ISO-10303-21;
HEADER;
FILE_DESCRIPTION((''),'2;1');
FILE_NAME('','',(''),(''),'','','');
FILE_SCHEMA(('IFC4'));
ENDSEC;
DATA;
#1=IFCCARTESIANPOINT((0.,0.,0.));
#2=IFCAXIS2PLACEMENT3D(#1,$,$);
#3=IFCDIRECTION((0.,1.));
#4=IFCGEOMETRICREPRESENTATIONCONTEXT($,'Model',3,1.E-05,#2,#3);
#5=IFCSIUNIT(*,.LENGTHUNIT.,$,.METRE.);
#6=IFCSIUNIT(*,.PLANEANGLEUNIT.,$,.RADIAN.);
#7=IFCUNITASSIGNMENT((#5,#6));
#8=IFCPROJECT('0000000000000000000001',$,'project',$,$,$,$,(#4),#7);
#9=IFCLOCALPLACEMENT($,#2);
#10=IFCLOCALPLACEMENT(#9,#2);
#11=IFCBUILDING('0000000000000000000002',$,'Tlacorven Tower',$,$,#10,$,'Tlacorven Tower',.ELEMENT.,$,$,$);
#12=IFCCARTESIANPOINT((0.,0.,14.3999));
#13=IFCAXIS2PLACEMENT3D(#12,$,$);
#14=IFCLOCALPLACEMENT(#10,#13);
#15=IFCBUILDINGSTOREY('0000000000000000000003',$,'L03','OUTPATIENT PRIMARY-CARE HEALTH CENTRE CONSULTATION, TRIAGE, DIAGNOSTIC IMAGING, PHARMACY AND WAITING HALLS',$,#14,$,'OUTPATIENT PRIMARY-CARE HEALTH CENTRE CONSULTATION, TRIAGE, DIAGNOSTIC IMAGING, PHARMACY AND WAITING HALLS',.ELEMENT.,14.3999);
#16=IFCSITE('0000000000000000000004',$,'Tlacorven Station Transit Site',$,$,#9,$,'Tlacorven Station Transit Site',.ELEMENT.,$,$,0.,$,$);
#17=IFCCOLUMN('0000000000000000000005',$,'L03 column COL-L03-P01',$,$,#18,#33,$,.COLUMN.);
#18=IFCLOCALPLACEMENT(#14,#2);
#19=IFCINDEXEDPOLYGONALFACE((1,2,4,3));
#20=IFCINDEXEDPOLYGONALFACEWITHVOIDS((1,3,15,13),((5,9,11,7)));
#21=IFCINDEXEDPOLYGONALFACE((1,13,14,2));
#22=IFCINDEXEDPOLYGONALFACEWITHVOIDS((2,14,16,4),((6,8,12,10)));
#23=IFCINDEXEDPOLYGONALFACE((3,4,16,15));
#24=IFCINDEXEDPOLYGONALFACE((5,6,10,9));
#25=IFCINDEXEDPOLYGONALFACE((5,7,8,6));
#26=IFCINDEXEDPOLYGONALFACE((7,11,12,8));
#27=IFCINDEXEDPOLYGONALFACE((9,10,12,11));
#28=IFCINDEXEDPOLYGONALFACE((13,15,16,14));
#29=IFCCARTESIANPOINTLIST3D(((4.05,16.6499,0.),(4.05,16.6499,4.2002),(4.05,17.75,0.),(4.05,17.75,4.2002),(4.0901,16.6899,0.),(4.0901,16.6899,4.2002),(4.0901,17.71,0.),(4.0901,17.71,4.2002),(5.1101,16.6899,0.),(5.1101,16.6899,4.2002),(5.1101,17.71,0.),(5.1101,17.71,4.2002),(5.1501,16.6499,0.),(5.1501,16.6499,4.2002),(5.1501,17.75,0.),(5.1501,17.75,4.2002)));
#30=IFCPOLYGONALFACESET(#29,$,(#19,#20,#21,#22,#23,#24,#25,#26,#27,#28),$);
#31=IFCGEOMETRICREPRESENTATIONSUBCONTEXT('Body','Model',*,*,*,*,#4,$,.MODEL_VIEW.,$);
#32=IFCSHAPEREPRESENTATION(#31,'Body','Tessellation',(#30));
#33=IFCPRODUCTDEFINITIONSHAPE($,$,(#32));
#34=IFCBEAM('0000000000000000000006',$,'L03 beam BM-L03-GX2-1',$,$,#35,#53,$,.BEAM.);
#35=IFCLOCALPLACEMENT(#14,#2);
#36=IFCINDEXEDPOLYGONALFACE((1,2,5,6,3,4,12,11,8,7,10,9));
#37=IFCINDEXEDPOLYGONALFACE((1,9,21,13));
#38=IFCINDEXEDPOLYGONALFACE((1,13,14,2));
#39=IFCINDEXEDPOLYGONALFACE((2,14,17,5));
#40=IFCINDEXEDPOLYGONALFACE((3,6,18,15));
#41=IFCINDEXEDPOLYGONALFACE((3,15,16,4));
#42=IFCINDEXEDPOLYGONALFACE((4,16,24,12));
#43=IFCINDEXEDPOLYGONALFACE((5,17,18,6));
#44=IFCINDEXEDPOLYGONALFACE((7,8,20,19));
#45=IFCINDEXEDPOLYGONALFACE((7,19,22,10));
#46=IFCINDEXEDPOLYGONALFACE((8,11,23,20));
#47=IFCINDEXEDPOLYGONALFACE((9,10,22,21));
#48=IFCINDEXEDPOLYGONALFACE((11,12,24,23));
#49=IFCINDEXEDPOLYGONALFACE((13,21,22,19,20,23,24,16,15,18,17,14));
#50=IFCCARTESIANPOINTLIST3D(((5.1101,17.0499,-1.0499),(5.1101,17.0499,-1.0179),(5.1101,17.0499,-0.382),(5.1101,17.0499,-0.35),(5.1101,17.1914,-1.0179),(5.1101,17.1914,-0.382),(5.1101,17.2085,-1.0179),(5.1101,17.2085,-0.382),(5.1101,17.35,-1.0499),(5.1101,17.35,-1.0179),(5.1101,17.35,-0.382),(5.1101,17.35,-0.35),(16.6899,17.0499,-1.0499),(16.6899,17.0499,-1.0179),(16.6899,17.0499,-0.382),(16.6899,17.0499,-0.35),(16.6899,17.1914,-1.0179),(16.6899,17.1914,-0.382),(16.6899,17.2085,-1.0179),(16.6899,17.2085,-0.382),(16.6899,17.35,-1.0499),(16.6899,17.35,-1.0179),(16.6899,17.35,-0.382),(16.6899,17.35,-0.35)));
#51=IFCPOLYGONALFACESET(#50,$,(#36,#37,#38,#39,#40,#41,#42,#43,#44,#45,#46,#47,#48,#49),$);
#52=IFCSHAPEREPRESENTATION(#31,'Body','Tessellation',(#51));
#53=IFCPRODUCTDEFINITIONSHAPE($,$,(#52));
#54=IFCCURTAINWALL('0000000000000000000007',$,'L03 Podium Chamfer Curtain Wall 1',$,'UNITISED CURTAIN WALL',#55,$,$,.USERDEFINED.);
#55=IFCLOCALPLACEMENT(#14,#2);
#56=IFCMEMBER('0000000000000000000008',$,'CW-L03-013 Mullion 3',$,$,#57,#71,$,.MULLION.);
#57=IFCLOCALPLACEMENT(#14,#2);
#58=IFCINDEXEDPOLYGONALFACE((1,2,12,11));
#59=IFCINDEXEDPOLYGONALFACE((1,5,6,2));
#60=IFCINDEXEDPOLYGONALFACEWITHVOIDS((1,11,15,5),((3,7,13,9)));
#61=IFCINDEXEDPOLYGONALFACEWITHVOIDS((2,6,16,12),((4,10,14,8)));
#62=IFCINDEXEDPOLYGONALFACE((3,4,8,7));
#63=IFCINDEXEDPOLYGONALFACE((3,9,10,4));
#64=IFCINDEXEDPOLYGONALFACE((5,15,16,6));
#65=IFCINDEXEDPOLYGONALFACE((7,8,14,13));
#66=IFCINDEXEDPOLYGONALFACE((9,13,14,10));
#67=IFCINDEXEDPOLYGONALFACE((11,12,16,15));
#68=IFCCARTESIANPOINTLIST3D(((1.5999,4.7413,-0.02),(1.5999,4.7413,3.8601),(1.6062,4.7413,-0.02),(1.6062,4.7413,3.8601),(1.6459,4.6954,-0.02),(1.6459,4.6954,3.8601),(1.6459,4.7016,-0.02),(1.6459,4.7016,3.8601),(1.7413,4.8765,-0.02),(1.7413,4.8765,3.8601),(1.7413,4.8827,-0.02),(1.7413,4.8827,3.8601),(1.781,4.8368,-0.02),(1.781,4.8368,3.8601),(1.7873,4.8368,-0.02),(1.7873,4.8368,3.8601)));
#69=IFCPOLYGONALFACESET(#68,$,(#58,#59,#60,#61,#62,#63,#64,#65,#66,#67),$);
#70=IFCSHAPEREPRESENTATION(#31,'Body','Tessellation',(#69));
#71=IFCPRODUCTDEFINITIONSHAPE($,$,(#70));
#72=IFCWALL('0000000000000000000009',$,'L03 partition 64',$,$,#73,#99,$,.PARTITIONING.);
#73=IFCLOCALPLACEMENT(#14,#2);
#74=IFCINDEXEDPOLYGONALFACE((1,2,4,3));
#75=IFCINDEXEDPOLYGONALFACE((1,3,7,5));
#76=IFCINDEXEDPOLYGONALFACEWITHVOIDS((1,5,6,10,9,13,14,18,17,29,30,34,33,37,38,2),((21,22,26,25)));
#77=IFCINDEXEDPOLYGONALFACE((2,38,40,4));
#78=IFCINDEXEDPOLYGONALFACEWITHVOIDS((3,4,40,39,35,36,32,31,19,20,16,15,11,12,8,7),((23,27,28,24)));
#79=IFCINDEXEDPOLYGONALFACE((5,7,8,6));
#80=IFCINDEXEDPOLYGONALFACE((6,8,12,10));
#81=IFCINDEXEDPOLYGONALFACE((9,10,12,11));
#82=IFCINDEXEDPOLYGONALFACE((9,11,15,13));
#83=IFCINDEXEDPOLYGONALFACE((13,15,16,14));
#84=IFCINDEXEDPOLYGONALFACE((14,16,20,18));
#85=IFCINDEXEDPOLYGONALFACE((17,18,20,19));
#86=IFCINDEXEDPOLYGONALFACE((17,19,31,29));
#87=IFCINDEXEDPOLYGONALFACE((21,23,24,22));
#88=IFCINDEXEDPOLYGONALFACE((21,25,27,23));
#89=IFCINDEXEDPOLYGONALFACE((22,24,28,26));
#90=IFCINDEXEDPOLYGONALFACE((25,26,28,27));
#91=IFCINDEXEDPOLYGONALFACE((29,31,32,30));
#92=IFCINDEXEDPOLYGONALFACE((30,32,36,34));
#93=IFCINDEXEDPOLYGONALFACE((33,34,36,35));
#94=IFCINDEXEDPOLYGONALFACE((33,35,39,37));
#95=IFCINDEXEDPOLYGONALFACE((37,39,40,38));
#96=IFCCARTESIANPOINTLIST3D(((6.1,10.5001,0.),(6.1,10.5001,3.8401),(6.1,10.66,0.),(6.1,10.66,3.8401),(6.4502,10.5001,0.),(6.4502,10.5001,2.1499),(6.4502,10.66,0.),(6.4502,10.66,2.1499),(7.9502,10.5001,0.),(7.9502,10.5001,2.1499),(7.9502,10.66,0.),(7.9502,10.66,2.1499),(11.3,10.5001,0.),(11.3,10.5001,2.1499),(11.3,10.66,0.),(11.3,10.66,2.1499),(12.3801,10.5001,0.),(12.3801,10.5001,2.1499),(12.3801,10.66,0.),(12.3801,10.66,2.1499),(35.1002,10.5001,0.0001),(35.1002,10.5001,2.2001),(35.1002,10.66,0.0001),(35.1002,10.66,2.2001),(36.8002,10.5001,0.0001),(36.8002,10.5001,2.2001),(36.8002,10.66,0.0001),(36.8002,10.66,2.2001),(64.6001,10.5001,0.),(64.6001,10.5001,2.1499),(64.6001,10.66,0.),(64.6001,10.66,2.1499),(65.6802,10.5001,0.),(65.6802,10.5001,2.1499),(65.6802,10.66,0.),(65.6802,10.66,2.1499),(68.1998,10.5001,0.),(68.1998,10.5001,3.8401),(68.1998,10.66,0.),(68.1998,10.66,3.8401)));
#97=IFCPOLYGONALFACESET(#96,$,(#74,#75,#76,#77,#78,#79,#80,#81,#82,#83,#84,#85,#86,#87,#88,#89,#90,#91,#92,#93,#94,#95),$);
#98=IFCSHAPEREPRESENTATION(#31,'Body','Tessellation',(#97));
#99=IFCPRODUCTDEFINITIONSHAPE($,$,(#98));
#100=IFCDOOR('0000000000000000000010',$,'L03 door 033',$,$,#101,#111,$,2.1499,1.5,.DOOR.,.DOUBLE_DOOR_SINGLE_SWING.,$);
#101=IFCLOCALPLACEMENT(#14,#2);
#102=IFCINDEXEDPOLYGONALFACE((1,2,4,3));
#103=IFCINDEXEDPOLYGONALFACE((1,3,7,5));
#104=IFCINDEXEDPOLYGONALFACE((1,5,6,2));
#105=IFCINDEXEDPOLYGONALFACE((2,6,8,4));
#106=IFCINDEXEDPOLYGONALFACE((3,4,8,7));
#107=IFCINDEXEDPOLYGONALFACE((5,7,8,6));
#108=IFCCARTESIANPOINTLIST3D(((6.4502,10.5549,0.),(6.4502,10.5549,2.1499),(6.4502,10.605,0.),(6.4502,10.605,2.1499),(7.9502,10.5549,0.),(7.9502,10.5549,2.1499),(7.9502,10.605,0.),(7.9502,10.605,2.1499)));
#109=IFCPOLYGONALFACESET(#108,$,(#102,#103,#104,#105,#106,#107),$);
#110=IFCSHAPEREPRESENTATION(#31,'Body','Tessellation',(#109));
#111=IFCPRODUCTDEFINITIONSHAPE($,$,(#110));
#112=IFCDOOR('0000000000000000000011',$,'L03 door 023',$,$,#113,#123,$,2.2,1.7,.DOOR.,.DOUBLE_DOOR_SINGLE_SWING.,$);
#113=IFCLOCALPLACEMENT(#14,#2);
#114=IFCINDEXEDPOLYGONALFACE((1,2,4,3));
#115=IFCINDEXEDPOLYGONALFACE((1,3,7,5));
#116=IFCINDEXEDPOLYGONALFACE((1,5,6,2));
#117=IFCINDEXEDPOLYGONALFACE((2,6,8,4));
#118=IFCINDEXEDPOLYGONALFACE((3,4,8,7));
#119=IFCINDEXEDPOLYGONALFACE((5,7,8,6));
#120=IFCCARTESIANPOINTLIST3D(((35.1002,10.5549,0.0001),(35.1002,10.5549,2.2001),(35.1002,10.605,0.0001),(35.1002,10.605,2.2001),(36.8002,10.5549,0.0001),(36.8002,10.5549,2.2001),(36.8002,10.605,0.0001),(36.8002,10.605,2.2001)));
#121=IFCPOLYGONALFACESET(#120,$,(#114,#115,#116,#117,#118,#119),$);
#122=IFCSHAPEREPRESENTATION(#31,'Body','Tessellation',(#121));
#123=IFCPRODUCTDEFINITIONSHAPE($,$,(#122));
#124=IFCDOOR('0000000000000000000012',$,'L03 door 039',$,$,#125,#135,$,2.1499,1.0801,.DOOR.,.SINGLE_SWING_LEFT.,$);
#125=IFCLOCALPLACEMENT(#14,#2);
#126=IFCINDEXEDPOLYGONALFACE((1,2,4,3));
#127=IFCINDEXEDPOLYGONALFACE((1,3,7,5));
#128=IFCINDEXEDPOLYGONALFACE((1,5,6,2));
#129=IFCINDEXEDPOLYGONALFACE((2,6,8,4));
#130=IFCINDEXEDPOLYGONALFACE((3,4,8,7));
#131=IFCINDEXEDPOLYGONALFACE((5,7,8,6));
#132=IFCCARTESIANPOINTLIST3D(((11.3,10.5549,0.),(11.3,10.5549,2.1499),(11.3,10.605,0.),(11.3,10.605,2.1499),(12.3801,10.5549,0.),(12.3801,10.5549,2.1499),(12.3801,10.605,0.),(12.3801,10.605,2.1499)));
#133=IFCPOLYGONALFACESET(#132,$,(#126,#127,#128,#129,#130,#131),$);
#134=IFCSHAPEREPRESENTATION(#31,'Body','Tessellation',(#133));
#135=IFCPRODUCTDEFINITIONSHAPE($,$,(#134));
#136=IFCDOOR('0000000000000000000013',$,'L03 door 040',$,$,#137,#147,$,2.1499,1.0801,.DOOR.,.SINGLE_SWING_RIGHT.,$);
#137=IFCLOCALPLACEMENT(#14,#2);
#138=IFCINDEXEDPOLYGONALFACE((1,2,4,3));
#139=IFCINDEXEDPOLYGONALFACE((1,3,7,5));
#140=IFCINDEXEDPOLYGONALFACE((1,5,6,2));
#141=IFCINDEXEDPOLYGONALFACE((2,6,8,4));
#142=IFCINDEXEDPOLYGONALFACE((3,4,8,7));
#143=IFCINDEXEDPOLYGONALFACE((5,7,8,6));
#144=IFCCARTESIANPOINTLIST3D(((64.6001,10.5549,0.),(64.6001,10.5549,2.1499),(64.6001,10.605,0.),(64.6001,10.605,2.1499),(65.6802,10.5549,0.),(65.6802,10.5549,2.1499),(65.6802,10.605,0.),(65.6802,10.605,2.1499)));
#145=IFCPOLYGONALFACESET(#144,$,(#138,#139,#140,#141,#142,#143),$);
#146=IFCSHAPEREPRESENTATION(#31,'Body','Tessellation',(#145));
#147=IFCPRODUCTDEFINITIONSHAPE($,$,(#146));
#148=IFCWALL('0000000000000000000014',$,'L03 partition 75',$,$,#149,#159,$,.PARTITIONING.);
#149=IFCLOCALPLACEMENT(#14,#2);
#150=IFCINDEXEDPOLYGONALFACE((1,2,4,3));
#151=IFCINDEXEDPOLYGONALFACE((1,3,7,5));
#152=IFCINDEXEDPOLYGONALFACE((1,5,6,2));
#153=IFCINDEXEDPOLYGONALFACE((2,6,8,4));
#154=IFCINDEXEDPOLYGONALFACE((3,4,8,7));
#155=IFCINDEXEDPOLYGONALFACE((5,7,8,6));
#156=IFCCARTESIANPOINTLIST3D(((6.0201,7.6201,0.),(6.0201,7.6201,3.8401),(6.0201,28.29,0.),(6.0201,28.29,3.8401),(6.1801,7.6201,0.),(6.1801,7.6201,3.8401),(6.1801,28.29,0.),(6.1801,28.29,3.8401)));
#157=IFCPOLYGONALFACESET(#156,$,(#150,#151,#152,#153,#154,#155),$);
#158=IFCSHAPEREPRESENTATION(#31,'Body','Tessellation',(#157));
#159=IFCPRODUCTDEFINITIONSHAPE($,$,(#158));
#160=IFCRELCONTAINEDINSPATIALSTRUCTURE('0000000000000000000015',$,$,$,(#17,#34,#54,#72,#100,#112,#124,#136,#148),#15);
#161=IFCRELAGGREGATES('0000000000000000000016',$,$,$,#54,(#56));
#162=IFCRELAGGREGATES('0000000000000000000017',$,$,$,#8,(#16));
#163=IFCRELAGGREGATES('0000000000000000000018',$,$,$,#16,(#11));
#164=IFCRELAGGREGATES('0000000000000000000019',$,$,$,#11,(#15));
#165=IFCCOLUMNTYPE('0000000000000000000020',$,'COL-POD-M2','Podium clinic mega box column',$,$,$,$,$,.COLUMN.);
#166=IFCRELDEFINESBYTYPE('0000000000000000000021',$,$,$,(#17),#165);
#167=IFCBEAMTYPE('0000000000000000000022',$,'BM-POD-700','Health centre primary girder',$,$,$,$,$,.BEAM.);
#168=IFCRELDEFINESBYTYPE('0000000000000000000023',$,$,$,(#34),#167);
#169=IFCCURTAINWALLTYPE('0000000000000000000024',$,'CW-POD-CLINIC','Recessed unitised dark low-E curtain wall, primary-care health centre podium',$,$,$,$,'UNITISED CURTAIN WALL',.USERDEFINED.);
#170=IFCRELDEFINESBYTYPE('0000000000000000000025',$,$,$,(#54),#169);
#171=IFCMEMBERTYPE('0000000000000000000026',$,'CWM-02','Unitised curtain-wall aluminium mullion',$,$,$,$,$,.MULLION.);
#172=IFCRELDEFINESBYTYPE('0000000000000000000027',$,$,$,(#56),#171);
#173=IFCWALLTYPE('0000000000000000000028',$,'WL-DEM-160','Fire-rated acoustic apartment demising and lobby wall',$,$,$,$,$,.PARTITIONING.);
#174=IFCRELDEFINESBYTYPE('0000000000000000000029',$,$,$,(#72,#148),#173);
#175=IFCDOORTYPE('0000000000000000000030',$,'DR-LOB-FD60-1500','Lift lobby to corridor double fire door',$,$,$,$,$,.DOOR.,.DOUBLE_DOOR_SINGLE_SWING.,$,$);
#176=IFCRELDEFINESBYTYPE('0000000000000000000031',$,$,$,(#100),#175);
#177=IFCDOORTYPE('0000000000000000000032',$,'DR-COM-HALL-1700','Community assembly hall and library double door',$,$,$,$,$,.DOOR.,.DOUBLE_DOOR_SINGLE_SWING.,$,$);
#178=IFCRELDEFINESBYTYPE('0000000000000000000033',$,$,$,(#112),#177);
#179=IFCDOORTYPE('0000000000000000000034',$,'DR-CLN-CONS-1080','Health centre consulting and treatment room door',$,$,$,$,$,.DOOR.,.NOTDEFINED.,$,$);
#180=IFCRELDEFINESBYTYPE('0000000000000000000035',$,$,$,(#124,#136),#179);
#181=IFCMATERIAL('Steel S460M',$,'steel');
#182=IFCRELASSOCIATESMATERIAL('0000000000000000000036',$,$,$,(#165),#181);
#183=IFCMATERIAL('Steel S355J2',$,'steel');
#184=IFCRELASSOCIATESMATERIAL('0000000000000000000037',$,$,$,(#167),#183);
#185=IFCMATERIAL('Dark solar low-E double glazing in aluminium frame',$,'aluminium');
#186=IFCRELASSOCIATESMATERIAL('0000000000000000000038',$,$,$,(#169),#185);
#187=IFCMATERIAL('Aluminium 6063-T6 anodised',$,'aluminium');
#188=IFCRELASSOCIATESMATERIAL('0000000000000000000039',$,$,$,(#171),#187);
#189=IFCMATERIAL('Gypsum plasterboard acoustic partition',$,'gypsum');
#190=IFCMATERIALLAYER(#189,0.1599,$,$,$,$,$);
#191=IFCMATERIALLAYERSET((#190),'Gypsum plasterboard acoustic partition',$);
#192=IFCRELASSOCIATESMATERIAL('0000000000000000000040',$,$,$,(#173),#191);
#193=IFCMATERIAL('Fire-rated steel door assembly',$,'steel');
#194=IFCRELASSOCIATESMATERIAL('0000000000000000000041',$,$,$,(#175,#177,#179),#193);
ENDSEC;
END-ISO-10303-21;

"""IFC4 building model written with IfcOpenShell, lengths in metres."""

from ifc_helpers import new_model, si_unit, direction, frame, frame_2d, origin, origin_2d, place, context, subcontext, project, spatial, rectangle, hollow_rectangle, i_section, extrude, source, transform, mapped, material, layer, layer_set, material_profile, profile_set, type_object, element, fill, aggregate, save


model = new_model("IFC4")

# Units and contexts
model_context = context("Model", 3, precision=1e-05, world=origin(), true_north=direction((0.0, 1.0)))
body_context = subcontext(model_context, "Body", "Model", "MODEL_VIEW")
ifc_project = project(units=[si_unit("LENGTHUNIT", "METRE"), si_unit("PLANEANGLEUNIT", "RADIAN")], contexts=[model_context])

# Site, building, storey
site_placement = place(None, origin())
site = spatial("IfcSite", under=ifc_project, at=site_placement, Name="Tlacorven Station Transit Site", LongName="Tlacorven Station Transit Site", CompositionType="ELEMENT", RefElevation=0.0)
building_placement = place(site_placement, origin())
building = spatial("IfcBuilding", under=site, at=building_placement, Name="Tlacorven Tower", LongName="Tlacorven Tower", CompositionType="ELEMENT")
storey_placement = place(building_placement, frame((0.0, 0.0, 14.3999)))
storey = spatial("IfcBuildingStorey", under=building, at=storey_placement, Name="L03", Description="OUTPATIENT PRIMARY-CARE HEALTH CENTRE CONSULTATION, TRIAGE, DIAGNOSTIC IMAGING, PHARMACY AND WAITING HALLS", LongName="OUTPATIENT PRIMARY-CARE HEALTH CENTRE CONSULTATION, TRIAGE, DIAGNOSTIC IMAGING, PHARMACY AND WAITING HALLS", CompositionType="ELEMENT", Elevation=14.3999)

# Column
ifc_material_1 = material(Name="Steel S460M", Category="steel")
ifc_material_profile_1 = material_profile(ifc_material_1, hollow_rectangle(XDim=1.1001, YDim=1.1001, WallThickness=0.04, at=origin_2d()), Name="BOX 1100X1100X40")
ifc_profile_set_1 = profile_set([ifc_material_profile_1], Name="Steel S460M")
column_type = type_object("IfcColumnType", Name="COL-POD-M2", Description="Podium clinic mega box column", PredefinedType="COLUMN", material=ifc_profile_set_1)
shared_shape_1 = source(origin(), body_context, "Body", "SweptSolid", [
    extrude(hollow_rectangle(XDim=1.1001, YDim=1.1001, WallThickness=0.04, at=origin_2d()), origin(), (0.0, 0.0, 1.0), 4.2002),
])
column_placement = place(storey_placement, frame((4.6001, 17.2, 0.0), z_axis=(0.0, 0.0, 1.0), x_axis=(1.0, 0.0, 0.0)))
element("IfcColumn", 1, at=column_placement, inside=storey, type_object=column_type, Name="L03 column COL-L03-P01", PredefinedType="COLUMN", context=body_context, shape_type="MappedRepresentation", body=[
    mapped(shared_shape_1, transform((0.0, 0.0, 0.0), scale=1.0)),
])

# Beam
ifc_material_2 = material(Name="Steel S355J2", Category="steel")
ifc_material_profile_2 = material_profile(ifc_material_2, i_section(OverallWidth=0.3, OverallDepth=0.7, WebThickness=0.0171, FlangeThickness=0.032, at=origin_2d()), Name="HEB 700")
ifc_profile_set_2 = profile_set([ifc_material_profile_2], Name="Steel S355J2")
beam_type = type_object("IfcBeamType", Name="BM-POD-700", Description="Health centre primary girder", PredefinedType="BEAM", material=ifc_profile_set_2)
shared_shape_2 = source(origin(), body_context, "Body", "SweptSolid", [
    extrude(i_section(OverallWidth=0.3, OverallDepth=0.7, WebThickness=0.0171, FlangeThickness=0.032, at=origin_2d()), origin(), (0.0, 0.0, 1.0), 11.5798),
])
beam_placement = place(storey_placement, frame((5.1101, 17.2, -0.7), z_axis=(1.0, 0.0, 0.0), x_axis=(0.0, 1.0, 0.0)))
element("IfcBeam", 2, at=beam_placement, inside=storey, type_object=beam_type, Name="L03 beam BM-L03-GX2-1", PredefinedType="BEAM", context=body_context, shape_type="MappedRepresentation", body=[
    mapped(shared_shape_2, transform((0.0, 0.0, 0.0), scale=1.0)),
])

# Curtain wall, member
ifc_material_3 = material(Name="Dark solar low-E double glazing in aluminium frame", Category="aluminium")
curtain_wall_type = type_object("IfcCurtainWallType", Name="CW-POD-CLINIC", Description="Recessed unitised dark low-E curtain wall, primary-care health centre podium", ElementType="UNITISED CURTAIN WALL", PredefinedType="USERDEFINED", material=ifc_material_3)
curtain_wall_placement = place(storey_placement, origin())
curtain_wall = element("IfcCurtainWall", 3, at=curtain_wall_placement, inside=storey, type_object=curtain_wall_type, Name="L03 Podium Chamfer Curtain Wall 1", ObjectType="UNITISED CURTAIN WALL", PredefinedType="USERDEFINED")
ifc_material_4 = material(Name="Aluminium 6063-T6 anodised", Category="aluminium")
ifc_material_profile_3 = material_profile(ifc_material_4, hollow_rectangle(XDim=0.0649, YDim=0.2, WallThickness=0.0044, at=origin_2d()), Name="ALU MULLION 65X200")
ifc_profile_set_3 = profile_set([ifc_material_profile_3], Name="Aluminium 6063-T6 anodised")
member_type = type_object("IfcMemberType", Name="CWM-02", Description="Unitised curtain-wall aluminium mullion", PredefinedType="MULLION", material=ifc_profile_set_3)
shared_shape_3 = source(origin(), body_context, "Body", "SweptSolid", [
    extrude(hollow_rectangle(XDim=0.0649, YDim=0.2, WallThickness=0.0044, at=origin_2d()), origin(), (0.0, 0.0, 1.0), 3.8801),
])
member_placement = place(storey_placement, frame((1.6936, 4.7891, -0.02), z_axis=(0.0, 0.0, 1.0), x_axis=(-0.707107, 0.707107, 0.0)))
member = element("IfcMember", 4, at=member_placement, type_object=member_type, Name="CW-L03-013 Mullion 3", PredefinedType="MULLION", context=body_context, shape_type="MappedRepresentation", body=[
    mapped(shared_shape_3, transform((0.0, 0.0, 0.0), scale=1.0)),
])
aggregate(curtain_wall, [member])

# Wall, openings, doors
ifc_material_5 = material(Name="Gypsum plasterboard acoustic partition", Category="gypsum")
ifc_layer_1 = layer(ifc_material_5, 0.1599)
ifc_layer_set_1 = layer_set([ifc_layer_1], Name="Gypsum plasterboard acoustic partition")
wall_type_1 = type_object("IfcWallType", Name="WL-DEM-160", Description="Fire-rated acoustic apartment demising and lobby wall", PredefinedType="PARTITIONING", material=ifc_layer_set_1)
wall_1_placement = place(storey_placement, frame((6.1001, 10.5801, 0.0), z_axis=(0.0, 0.0, 1.0), x_axis=(1.0, 0.0, 0.0)))
wall_1 = element("IfcWall", 5, at=wall_1_placement, inside=storey, type_object=wall_type_1, Name="L03 partition 64", PredefinedType="PARTITIONING", context=body_context, shape_type="SweptSolid", body=[
    extrude(rectangle(XDim=62.0999, YDim=0.1599, at=frame_2d((31.0498, 0.0))), origin(), (0.0, 0.0, 1.0), 3.8401),
])
opening_1_placement = place(wall_1_placement, frame((29.0, 0.0, 0.0)))
opening_1 = element("IfcOpeningElement", 6, at=opening_1_placement, cuts=wall_1, PredefinedType="OPENING", context=body_context, shape_type="SweptSolid", body=[
    extrude(rectangle(XDim=1.7, YDim=2.2, at=frame_2d((0.8501, 1.1001))), frame((0.0, 0.0898, 0.0), z_axis=(0.0, -1.0, 0.0), x_axis=(1.0, 0.0, 0.0)), (0.0, 0.0, 1.0), 0.1799),
])
opening_2_placement = place(wall_1_placement, frame((0.3501, 0.0, 0.0)))
opening_2 = element("IfcOpeningElement", 7, at=opening_2_placement, cuts=wall_1, PredefinedType="OPENING", context=body_context, shape_type="SweptSolid", body=[
    extrude(rectangle(XDim=1.5, YDim=2.1499, at=frame_2d((0.75, 1.075))), frame((0.0, 0.0898, 0.0), z_axis=(0.0, -1.0, 0.0), x_axis=(1.0, 0.0, 0.0)), (0.0, 0.0, 1.0), 0.1799),
])
opening_3_placement = place(wall_1_placement, frame((5.2, 0.0, 0.0)))
opening_3 = element("IfcOpeningElement", 8, at=opening_3_placement, cuts=wall_1, PredefinedType="OPENING", context=body_context, shape_type="SweptSolid", body=[
    extrude(rectangle(XDim=1.0801, YDim=2.1499, at=frame_2d((0.54, 1.075))), frame((0.0, 0.0898, 0.0), z_axis=(0.0, -1.0, 0.0), x_axis=(1.0, 0.0, 0.0)), (0.0, 0.0, 1.0), 0.1799),
])
opening_4_placement = place(wall_1_placement, frame((58.5, 0.0, 0.0)))
opening_4 = element("IfcOpeningElement", 9, at=opening_4_placement, cuts=wall_1, PredefinedType="OPENING", context=body_context, shape_type="SweptSolid", body=[
    extrude(rectangle(XDim=1.0801, YDim=2.1499, at=frame_2d((0.54, 1.075))), frame((0.0, 0.0898, 0.0), z_axis=(0.0, -1.0, 0.0), x_axis=(1.0, 0.0, 0.0)), (0.0, 0.0, 1.0), 0.1799),
])
ifc_material_6 = material(Name="Fire-rated steel door assembly", Category="steel")
door_type_1 = type_object("IfcDoorType", Name="DR-LOB-FD60-1500", Description="Lift lobby to corridor double fire door", OperationType="DOUBLE_DOOR_SINGLE_SWING", PredefinedType="DOOR", material=ifc_material_6)
shared_shape_4 = source(origin(), body_context, "Body", "SweptSolid", [
    extrude(rectangle(XDim=1.5, YDim=2.1499, at=frame_2d((0.75, 1.075))), frame((0.0, 0.0249, 0.0), z_axis=(0.0, -1.0, 0.0), x_axis=(1.0, 0.0, 0.0)), (0.0, 0.0, 1.0), 0.05),
])
door_1_placement = place(opening_2_placement, origin())
door_1 = element("IfcDoor", 10, at=door_1_placement, inside=storey, type_object=door_type_1, Name="L03 door 033", OperationType="DOUBLE_DOOR_SINGLE_SWING", OverallHeight=2.1499, OverallWidth=1.5, PredefinedType="DOOR", context=body_context, shape_type="MappedRepresentation", body=[
    mapped(shared_shape_4, transform((0.0, 0.0, 0.0), scale=1.0)),
])
fill(opening_2, door_1)
door_type_2 = type_object("IfcDoorType", Name="DR-COM-HALL-1700", Description="Community assembly hall and library double door", OperationType="DOUBLE_DOOR_SINGLE_SWING", PredefinedType="DOOR", material=ifc_material_6)
shared_shape_5 = source(origin(), body_context, "Body", "SweptSolid", [
    extrude(rectangle(XDim=1.7, YDim=2.2, at=frame_2d((0.8501, 1.1001))), frame((0.0, 0.0249, 0.0), z_axis=(0.0, -1.0, 0.0), x_axis=(1.0, 0.0, 0.0)), (0.0, 0.0, 1.0), 0.05),
])
door_2_placement = place(opening_1_placement, origin())
door_2 = element("IfcDoor", 11, at=door_2_placement, inside=storey, type_object=door_type_2, Name="L03 door 023", OperationType="DOUBLE_DOOR_SINGLE_SWING", OverallHeight=2.2, OverallWidth=1.7, PredefinedType="DOOR", context=body_context, shape_type="MappedRepresentation", body=[
    mapped(shared_shape_5, transform((0.0, 0.0, 0.0), scale=1.0)),
])
fill(opening_1, door_2)
door_type_3 = type_object("IfcDoorType", Name="DR-CLN-CONS-1080", Description="Health centre consulting and treatment room door", OperationType="NOTDEFINED", PredefinedType="DOOR", material=ifc_material_6)
shared_shape_6 = source(origin(), body_context, "Body", "SweptSolid", [
    extrude(rectangle(XDim=1.0801, YDim=2.1499, at=frame_2d((0.54, 1.075))), frame((0.0, 0.0249, 0.0), z_axis=(0.0, -1.0, 0.0), x_axis=(1.0, 0.0, 0.0)), (0.0, 0.0, 1.0), 0.05),
])
door_3_placement = place(opening_3_placement, origin())
door_3 = element("IfcDoor", 12, at=door_3_placement, inside=storey, type_object=door_type_3, Name="L03 door 039", OperationType="SINGLE_SWING_LEFT", OverallHeight=2.1499, OverallWidth=1.0801, PredefinedType="DOOR", context=body_context, shape_type="MappedRepresentation", body=[
    mapped(shared_shape_6, transform((0.0, 0.0, 0.0), scale=1.0)),
])
fill(opening_3, door_3)
door_4_placement = place(opening_4_placement, origin())
door_4 = element("IfcDoor", 13, at=door_4_placement, inside=storey, type_object=door_type_3, Name="L03 door 040", OperationType="SINGLE_SWING_RIGHT", OverallHeight=2.1499, OverallWidth=1.0801, PredefinedType="DOOR", context=body_context, shape_type="MappedRepresentation", body=[
    mapped(shared_shape_6, transform((0.0, 0.0, 0.0), scale=1.0)),
])
fill(opening_4, door_4)

# Wall
wall_2_placement = place(storey_placement, frame((6.1001, 7.6201, 0.0), z_axis=(0.0, 0.0, 1.0), x_axis=(0.0, 1.0, 0.0)))
element("IfcWall", 14, at=wall_2_placement, inside=storey, type_object=wall_type_1, Name="L03 partition 75", PredefinedType="PARTITIONING", context=body_context, shape_type="SweptSolid", body=[
    extrude(rectangle(XDim=20.6699, YDim=0.1599, at=frame_2d((10.335, 0.0))), origin(), (0.0, 0.0, 1.0), 3.8401),
])

save(model, "model.ifc")
